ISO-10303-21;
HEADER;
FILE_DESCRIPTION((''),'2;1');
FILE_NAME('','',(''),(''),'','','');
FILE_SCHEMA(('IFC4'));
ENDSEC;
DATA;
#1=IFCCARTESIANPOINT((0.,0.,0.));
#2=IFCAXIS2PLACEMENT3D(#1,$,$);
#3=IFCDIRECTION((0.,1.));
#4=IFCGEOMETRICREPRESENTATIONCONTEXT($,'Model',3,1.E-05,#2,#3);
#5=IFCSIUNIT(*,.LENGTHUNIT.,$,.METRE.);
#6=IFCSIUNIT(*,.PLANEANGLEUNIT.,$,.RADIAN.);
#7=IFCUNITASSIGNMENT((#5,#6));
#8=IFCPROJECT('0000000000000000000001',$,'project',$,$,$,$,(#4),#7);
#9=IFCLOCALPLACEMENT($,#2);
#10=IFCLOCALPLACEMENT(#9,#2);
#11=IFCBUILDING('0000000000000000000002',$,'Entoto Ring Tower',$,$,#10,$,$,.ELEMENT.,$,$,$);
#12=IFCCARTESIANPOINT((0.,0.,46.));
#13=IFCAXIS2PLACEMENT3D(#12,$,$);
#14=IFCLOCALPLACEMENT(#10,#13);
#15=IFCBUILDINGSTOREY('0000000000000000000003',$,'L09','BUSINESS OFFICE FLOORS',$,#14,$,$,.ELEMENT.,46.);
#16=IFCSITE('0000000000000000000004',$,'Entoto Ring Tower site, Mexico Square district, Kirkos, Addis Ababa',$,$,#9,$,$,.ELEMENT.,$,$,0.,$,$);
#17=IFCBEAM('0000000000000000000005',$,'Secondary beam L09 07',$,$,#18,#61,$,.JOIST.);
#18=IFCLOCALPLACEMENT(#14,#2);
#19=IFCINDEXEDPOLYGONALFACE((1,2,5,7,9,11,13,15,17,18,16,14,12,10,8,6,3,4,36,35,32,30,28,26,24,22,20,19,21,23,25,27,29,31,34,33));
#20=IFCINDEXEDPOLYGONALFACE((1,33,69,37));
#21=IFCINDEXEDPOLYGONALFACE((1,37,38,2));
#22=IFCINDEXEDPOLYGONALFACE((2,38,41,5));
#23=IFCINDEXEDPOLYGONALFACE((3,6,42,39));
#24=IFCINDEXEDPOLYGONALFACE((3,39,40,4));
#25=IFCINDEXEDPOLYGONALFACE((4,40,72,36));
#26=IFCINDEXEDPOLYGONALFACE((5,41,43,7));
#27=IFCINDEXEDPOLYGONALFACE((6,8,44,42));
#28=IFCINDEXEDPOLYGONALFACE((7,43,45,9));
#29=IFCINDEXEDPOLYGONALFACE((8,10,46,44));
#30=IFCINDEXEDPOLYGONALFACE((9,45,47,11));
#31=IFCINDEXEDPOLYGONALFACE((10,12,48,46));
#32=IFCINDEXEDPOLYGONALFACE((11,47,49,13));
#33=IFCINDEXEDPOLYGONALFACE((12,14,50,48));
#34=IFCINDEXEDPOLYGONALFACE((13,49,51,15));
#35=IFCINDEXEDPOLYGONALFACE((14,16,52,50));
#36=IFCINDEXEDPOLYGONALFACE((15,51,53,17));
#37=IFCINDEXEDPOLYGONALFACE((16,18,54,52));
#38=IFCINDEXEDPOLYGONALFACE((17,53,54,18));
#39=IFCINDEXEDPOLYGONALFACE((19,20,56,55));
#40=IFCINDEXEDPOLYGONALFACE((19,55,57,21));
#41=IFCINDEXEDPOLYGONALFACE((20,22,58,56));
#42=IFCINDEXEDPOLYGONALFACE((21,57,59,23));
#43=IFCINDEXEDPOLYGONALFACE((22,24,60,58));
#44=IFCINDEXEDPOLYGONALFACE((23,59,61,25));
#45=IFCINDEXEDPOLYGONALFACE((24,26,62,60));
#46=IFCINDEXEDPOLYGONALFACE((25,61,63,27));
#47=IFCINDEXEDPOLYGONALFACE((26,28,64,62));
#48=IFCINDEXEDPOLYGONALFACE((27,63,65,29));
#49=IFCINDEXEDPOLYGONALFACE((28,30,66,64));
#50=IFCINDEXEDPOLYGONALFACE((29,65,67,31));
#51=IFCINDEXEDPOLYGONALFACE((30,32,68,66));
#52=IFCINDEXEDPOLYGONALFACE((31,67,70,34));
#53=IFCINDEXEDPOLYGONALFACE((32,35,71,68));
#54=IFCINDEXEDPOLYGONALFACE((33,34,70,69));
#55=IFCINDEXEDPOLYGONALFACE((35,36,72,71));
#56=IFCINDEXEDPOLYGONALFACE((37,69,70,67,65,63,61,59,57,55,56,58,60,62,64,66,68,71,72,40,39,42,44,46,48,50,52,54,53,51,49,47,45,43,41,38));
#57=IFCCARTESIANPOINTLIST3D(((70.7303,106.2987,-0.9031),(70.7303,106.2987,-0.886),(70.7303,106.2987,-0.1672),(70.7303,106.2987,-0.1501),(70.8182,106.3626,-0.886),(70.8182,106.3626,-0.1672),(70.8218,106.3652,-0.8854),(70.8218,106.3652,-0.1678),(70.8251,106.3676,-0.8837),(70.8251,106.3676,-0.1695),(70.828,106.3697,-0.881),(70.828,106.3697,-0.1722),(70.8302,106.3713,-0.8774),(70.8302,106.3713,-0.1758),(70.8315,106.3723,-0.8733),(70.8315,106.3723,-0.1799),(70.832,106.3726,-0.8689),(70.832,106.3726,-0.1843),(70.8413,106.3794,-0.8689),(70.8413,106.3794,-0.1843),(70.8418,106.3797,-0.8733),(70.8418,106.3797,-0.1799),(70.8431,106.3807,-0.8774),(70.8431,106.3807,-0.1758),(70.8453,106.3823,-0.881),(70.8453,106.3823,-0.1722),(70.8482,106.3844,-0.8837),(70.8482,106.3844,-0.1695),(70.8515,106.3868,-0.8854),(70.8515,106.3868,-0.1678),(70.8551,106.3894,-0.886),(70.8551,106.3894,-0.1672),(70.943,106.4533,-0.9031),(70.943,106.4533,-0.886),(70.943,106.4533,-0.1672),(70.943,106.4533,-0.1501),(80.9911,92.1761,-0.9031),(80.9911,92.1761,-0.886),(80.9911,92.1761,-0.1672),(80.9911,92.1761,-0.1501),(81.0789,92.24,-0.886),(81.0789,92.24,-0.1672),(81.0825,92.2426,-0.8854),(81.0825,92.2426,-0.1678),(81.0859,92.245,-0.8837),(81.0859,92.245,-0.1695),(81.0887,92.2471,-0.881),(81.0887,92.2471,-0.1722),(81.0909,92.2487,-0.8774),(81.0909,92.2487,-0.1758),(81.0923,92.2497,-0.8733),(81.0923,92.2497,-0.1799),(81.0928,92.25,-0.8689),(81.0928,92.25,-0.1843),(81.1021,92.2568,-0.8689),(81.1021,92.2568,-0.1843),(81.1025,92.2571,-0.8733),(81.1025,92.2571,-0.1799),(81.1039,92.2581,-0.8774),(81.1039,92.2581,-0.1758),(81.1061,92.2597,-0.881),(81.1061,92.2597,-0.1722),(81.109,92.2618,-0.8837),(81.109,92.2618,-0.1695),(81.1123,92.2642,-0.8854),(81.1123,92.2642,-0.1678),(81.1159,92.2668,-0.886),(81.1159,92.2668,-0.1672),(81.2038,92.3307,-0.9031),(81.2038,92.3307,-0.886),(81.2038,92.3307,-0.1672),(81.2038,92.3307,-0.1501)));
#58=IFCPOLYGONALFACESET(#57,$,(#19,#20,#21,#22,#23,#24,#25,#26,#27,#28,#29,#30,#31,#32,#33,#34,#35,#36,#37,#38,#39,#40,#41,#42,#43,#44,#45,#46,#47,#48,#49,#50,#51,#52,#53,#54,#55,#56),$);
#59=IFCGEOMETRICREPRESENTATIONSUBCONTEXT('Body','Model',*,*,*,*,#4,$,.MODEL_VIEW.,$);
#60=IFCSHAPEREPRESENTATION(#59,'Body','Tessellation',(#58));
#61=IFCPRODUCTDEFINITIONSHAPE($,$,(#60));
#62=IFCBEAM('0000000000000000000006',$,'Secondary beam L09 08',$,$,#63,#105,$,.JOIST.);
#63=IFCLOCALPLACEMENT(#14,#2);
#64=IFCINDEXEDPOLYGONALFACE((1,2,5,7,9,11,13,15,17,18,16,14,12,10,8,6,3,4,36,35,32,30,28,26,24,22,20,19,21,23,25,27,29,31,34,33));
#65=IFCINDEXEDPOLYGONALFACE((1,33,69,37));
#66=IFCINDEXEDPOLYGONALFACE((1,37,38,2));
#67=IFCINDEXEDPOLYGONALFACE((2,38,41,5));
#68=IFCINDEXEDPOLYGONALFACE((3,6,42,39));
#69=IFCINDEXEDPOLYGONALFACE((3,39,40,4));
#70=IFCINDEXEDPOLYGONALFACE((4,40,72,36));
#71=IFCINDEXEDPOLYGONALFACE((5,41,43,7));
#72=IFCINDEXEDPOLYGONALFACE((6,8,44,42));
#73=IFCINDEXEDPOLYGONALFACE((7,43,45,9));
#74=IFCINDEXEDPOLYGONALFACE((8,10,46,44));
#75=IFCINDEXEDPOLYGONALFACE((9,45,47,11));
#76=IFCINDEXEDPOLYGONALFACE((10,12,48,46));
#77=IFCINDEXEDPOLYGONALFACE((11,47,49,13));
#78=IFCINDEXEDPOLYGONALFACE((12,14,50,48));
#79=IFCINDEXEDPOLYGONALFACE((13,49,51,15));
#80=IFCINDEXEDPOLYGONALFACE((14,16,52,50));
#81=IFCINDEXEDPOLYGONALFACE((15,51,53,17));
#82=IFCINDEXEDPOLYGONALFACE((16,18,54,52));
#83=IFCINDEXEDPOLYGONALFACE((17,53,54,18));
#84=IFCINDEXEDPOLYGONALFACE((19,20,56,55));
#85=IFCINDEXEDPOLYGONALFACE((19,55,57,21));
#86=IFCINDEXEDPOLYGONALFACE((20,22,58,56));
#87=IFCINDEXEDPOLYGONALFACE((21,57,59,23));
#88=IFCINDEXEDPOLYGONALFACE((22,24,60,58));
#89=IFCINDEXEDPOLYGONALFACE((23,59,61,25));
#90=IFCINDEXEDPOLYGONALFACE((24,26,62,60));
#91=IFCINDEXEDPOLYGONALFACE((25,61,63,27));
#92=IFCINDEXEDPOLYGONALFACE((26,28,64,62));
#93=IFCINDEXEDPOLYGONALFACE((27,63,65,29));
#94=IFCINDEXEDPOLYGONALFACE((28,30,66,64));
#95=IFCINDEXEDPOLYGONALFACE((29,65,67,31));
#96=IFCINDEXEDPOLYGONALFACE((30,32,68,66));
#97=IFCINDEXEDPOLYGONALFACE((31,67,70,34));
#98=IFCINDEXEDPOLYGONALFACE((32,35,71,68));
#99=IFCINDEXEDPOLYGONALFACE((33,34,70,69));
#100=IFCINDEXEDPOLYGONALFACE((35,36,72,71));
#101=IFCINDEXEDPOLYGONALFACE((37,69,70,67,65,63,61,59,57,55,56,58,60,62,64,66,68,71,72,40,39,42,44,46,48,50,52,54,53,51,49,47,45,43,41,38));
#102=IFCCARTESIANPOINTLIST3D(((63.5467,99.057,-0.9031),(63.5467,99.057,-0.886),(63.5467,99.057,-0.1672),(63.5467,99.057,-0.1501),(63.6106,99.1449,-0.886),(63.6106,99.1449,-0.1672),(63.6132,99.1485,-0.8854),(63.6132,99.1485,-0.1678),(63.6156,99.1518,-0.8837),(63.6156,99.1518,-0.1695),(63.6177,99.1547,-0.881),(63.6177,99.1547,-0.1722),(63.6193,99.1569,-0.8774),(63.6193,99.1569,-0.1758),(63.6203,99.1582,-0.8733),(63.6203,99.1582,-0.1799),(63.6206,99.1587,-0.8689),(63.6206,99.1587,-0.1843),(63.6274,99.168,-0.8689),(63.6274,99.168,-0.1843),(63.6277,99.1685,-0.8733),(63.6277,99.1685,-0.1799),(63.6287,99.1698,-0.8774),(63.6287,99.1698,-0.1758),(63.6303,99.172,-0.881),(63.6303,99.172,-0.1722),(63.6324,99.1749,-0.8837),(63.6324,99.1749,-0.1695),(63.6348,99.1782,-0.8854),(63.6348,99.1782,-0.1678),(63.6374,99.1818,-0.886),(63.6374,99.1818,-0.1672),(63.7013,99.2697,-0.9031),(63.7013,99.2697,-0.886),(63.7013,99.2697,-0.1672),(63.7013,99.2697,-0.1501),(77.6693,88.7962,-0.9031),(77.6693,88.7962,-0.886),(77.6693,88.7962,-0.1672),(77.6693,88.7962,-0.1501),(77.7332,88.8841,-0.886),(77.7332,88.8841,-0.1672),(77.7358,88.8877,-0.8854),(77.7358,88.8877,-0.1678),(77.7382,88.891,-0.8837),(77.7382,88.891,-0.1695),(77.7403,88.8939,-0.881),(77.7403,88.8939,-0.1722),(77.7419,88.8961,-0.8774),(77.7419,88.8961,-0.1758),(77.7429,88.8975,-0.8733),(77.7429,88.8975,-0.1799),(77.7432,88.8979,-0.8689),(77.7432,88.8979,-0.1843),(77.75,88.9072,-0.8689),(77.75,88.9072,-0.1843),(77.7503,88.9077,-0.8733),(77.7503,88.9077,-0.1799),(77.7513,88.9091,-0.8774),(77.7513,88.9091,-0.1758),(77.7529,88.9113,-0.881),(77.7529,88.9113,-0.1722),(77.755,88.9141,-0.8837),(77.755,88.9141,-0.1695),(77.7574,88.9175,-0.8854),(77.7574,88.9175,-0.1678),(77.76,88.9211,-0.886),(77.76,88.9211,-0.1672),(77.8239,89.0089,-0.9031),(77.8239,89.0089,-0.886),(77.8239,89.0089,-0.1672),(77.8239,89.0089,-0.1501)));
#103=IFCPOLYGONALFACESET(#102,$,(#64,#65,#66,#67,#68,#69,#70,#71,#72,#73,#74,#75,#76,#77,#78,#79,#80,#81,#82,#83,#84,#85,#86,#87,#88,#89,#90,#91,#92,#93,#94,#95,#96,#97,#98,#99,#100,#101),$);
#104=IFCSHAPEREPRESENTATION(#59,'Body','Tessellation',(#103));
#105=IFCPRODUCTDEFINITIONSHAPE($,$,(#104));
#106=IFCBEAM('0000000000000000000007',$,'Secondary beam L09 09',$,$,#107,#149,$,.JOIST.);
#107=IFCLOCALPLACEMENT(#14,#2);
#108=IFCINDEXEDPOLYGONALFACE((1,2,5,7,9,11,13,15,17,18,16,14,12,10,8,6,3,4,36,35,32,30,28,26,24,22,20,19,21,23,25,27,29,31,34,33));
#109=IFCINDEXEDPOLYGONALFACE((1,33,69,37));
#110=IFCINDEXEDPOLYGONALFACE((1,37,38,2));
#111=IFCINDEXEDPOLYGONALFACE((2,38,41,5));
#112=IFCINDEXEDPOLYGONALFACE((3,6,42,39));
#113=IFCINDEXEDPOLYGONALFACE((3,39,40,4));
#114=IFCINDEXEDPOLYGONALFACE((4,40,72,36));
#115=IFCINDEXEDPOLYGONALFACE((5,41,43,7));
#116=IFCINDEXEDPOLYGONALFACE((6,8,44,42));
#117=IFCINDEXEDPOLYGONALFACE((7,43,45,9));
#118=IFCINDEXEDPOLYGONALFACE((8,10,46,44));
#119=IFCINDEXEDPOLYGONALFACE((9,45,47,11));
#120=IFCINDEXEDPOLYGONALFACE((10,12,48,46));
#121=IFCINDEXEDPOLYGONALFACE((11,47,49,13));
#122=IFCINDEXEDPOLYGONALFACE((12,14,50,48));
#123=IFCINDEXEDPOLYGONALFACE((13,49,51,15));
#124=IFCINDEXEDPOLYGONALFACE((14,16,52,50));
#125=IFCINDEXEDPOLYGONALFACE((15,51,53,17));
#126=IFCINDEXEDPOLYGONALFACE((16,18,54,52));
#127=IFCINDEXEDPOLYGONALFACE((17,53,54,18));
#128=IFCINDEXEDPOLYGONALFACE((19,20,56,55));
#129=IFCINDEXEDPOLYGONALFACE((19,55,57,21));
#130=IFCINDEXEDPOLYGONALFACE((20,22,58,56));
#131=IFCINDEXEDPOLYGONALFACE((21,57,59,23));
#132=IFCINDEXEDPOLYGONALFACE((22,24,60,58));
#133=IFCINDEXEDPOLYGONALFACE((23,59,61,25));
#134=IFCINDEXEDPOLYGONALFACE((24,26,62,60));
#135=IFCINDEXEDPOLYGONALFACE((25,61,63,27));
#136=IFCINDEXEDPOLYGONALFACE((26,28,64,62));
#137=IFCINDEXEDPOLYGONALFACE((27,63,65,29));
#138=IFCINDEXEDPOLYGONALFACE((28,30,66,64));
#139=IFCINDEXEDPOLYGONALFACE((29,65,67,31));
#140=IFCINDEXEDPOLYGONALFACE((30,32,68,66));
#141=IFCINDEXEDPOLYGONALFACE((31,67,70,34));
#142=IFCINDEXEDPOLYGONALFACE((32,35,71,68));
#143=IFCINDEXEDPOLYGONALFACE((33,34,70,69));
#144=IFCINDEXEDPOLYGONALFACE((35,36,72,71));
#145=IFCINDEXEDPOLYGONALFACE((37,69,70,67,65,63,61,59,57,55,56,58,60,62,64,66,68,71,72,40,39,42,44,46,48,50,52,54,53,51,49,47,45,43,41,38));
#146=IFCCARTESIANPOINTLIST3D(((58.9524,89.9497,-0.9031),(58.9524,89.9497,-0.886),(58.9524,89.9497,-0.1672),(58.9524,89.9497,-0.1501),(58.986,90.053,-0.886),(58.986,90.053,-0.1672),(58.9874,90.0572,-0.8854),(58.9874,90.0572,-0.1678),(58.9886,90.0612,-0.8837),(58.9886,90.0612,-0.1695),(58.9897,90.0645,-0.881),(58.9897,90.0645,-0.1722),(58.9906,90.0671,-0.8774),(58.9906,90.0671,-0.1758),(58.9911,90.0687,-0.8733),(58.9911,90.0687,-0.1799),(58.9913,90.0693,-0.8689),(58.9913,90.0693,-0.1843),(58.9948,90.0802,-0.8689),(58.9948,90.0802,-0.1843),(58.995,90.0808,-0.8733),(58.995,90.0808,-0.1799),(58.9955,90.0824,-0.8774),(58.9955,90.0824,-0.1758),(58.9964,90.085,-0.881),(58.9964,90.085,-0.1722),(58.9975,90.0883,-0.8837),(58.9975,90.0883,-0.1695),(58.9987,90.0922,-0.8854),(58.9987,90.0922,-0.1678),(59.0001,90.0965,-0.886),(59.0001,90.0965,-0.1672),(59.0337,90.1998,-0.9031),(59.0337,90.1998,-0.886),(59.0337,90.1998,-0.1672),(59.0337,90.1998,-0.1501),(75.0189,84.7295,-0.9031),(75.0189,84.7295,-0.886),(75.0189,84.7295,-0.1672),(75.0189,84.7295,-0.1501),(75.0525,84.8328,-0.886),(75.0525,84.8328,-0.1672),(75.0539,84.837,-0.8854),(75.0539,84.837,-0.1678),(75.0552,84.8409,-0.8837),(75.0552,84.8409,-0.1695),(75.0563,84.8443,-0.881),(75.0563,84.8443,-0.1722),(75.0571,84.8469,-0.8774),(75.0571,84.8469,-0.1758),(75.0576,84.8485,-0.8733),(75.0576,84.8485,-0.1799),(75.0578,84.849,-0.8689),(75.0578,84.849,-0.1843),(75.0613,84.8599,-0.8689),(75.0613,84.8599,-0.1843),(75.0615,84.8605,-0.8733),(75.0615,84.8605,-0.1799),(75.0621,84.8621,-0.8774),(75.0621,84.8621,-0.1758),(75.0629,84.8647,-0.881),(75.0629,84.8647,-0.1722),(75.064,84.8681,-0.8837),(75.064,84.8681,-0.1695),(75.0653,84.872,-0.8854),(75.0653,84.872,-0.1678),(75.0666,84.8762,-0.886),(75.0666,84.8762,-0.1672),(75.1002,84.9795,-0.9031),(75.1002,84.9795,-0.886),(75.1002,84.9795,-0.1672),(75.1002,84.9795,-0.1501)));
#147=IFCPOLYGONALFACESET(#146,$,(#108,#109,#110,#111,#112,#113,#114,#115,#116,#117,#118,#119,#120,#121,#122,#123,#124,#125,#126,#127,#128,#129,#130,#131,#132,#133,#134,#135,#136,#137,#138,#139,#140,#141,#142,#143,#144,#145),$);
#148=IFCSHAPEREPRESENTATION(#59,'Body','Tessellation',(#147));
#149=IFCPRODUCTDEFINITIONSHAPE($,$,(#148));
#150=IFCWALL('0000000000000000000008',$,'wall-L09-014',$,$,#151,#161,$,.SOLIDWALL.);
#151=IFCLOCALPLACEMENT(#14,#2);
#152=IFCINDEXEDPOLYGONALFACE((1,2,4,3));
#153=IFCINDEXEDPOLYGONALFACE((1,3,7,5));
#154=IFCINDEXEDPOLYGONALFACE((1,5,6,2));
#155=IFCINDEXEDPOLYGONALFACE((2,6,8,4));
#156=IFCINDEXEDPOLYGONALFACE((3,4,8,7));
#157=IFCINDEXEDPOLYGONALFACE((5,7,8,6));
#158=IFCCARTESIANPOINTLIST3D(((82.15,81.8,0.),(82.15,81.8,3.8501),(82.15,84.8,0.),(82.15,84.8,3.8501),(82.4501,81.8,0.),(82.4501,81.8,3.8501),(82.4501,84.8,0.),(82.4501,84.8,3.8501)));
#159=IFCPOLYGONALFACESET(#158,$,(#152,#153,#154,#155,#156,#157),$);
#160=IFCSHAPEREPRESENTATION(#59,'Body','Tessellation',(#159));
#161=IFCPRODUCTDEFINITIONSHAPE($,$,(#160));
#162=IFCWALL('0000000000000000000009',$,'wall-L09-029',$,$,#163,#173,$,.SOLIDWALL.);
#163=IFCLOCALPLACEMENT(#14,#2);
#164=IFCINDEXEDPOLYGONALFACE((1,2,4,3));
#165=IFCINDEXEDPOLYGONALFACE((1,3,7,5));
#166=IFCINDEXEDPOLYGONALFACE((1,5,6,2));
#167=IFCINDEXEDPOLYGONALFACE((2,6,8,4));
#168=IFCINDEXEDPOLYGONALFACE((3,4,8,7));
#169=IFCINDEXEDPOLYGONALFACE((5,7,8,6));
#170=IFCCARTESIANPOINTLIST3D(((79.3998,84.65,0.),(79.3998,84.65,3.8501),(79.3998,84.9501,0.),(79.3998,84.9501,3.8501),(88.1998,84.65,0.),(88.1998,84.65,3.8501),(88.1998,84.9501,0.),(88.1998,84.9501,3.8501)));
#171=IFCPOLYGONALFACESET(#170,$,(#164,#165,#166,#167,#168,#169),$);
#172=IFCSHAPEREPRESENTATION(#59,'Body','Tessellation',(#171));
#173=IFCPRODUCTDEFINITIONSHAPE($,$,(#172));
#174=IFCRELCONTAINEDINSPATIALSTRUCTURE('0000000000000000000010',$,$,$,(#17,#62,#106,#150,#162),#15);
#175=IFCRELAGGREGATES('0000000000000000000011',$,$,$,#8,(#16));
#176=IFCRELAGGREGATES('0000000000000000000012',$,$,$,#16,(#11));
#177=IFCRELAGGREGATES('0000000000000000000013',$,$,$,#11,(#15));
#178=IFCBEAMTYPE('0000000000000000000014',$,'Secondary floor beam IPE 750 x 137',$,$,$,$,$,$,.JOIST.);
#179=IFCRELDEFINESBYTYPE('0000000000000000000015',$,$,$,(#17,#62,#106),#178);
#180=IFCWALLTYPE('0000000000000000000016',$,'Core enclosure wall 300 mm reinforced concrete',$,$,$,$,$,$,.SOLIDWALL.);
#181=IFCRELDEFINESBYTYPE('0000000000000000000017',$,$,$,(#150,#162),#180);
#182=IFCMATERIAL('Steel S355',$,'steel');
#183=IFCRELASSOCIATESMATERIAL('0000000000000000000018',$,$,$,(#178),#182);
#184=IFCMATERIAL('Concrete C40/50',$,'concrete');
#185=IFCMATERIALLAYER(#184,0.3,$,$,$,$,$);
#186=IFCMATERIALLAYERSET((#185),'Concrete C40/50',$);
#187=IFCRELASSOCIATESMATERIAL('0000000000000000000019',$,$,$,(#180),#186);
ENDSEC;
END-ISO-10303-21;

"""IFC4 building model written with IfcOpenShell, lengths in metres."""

from ifc_helpers import new_model, si_unit, direction, frame, frame_2d, origin, origin_2d, place, context, subcontext, project, spatial, rectangle, i_section, extrude, material, layer, layer_set, material_profile, profile_set, type_object, element, save


model = new_model("IFC4")

# Units and contexts
model_context = context("Model", 3, precision=1e-05, world=origin(), true_north=direction((0.0, 1.0)))
body_context = subcontext(model_context, "Body", "Model", "MODEL_VIEW")
ifc_project = project(units=[si_unit("LENGTHUNIT", "METRE"), si_unit("PLANEANGLEUNIT", "RADIAN")], contexts=[model_context])

# Site, building, storey
site_placement = place(None, origin())
site = spatial("IfcSite", under=ifc_project, at=site_placement, Name="Entoto Ring Tower site, Mexico Square district, Kirkos, Addis Ababa", CompositionType="ELEMENT", RefElevation=0.0)
building_placement = place(site_placement, origin())
building = spatial("IfcBuilding", under=site, at=building_placement, Name="Entoto Ring Tower", CompositionType="ELEMENT")
storey_placement = place(building_placement, frame((0.0, 0.0, 46.0)))
storey = spatial("IfcBuildingStorey", under=building, at=storey_placement, Name="L09", Description="BUSINESS OFFICE FLOORS", CompositionType="ELEMENT", Elevation=46.0)

# Beams
ifc_material_1 = material(Name="Steel S355", Category="steel")
ifc_material_profile_1 = material_profile(ifc_material_1, i_section(OverallWidth=0.2629, OverallDepth=0.7529, WebThickness=0.0115, FlangeThickness=0.0171, FilletRadius=0.0171, at=origin_2d()), Name="IPE 750 x 137")
ifc_profile_set_1 = profile_set([ifc_material_profile_1], Name="Steel S355")
beam_type_1 = type_object("IfcBeamType", Name="Secondary floor beam IPE 750 x 137", PredefinedType="JOIST", material=ifc_profile_set_1)
for number, where, z_axis, x_axis, name in (
    (1, (81.0974, 92.2534, -0.5266), (-0.587789, 0.809014, 0.0), (-0.809014, -0.587789, 0.0), "Secondary beam L09 07"),
    (2, (77.7466, 88.9026, -0.5266), (-0.809014, 0.587789, 0.0), (-0.587789, -0.809014, 0.0), "Secondary beam L09 08"),
):
    element("IfcBeam", number, at=place(storey_placement, frame(where, z_axis=z_axis, x_axis=x_axis)), inside=storey, type_object=beam_type_1, Name=name, PredefinedType="JOIST", context=body_context, shape_type="SweptSolid", body=[
        extrude(i_section(OverallWidth=0.2629, OverallDepth=0.7529, WebThickness=0.0115, FlangeThickness=0.0171, FilletRadius=0.0171, at=origin_2d()), origin(), (0.0, 0.0, 1.0), 17.4565),
    ])
beam_1_placement = place(storey_placement, frame((75.0596, 84.8545, -0.5266), z_axis=(-0.951058, 0.309013, 0.0), x_axis=(-0.309013, -0.951058, 0.0)))
element("IfcBeam", 3, at=beam_1_placement, inside=storey, type_object=beam_type_1, Name="Secondary beam L09 09", PredefinedType="JOIST", context=body_context, shape_type="SweptSolid", body=[
    extrude(i_section(OverallWidth=0.2629, OverallDepth=0.7529, WebThickness=0.0115, FlangeThickness=0.0171, FilletRadius=0.0171, at=origin_2d()), origin(), (0.0, 0.0, 1.0), 16.8933),
])

# Walls
ifc_material_2 = material(Name="Concrete C40/50", Category="concrete")
ifc_layer_1 = layer(ifc_material_2, 0.3)
ifc_layer_set_1 = layer_set([ifc_layer_1], Name="Concrete C40/50")
wall_type_1 = type_object("IfcWallType", Name="Core enclosure wall 300 mm reinforced concrete", PredefinedType="SOLIDWALL", material=ifc_layer_set_1)
wall_1_placement = place(storey_placement, frame((82.3, 81.8, 0.0), z_axis=(0.0, 0.0, 1.0), x_axis=(0.0, 1.0, 0.0)))
element("IfcWall", 4, at=wall_1_placement, inside=storey, type_object=wall_type_1, Name="wall-L09-014", PredefinedType="SOLIDWALL", context=body_context, shape_type="SweptSolid", body=[
    extrude(rectangle(XDim=3.0, YDim=0.3, at=frame_2d((1.5, 0.0))), origin(), (0.0, 0.0, 1.0), 3.8501),
])
wall_2_placement = place(storey_placement, frame((79.3999, 84.8, 0.0), z_axis=(0.0, 0.0, 1.0), x_axis=(1.0, 0.0, 0.0)))
element("IfcWall", 5, at=wall_2_placement, inside=storey, type_object=wall_type_1, Name="wall-L09-029", PredefinedType="SOLIDWALL", context=body_context, shape_type="SweptSolid", body=[
    extrude(rectangle(XDim=8.8, YDim=0.3, at=frame_2d((4.3999, 0.0))), origin(), (0.0, 0.0, 1.0), 3.8501),
])

save(model, "model.ifc")
